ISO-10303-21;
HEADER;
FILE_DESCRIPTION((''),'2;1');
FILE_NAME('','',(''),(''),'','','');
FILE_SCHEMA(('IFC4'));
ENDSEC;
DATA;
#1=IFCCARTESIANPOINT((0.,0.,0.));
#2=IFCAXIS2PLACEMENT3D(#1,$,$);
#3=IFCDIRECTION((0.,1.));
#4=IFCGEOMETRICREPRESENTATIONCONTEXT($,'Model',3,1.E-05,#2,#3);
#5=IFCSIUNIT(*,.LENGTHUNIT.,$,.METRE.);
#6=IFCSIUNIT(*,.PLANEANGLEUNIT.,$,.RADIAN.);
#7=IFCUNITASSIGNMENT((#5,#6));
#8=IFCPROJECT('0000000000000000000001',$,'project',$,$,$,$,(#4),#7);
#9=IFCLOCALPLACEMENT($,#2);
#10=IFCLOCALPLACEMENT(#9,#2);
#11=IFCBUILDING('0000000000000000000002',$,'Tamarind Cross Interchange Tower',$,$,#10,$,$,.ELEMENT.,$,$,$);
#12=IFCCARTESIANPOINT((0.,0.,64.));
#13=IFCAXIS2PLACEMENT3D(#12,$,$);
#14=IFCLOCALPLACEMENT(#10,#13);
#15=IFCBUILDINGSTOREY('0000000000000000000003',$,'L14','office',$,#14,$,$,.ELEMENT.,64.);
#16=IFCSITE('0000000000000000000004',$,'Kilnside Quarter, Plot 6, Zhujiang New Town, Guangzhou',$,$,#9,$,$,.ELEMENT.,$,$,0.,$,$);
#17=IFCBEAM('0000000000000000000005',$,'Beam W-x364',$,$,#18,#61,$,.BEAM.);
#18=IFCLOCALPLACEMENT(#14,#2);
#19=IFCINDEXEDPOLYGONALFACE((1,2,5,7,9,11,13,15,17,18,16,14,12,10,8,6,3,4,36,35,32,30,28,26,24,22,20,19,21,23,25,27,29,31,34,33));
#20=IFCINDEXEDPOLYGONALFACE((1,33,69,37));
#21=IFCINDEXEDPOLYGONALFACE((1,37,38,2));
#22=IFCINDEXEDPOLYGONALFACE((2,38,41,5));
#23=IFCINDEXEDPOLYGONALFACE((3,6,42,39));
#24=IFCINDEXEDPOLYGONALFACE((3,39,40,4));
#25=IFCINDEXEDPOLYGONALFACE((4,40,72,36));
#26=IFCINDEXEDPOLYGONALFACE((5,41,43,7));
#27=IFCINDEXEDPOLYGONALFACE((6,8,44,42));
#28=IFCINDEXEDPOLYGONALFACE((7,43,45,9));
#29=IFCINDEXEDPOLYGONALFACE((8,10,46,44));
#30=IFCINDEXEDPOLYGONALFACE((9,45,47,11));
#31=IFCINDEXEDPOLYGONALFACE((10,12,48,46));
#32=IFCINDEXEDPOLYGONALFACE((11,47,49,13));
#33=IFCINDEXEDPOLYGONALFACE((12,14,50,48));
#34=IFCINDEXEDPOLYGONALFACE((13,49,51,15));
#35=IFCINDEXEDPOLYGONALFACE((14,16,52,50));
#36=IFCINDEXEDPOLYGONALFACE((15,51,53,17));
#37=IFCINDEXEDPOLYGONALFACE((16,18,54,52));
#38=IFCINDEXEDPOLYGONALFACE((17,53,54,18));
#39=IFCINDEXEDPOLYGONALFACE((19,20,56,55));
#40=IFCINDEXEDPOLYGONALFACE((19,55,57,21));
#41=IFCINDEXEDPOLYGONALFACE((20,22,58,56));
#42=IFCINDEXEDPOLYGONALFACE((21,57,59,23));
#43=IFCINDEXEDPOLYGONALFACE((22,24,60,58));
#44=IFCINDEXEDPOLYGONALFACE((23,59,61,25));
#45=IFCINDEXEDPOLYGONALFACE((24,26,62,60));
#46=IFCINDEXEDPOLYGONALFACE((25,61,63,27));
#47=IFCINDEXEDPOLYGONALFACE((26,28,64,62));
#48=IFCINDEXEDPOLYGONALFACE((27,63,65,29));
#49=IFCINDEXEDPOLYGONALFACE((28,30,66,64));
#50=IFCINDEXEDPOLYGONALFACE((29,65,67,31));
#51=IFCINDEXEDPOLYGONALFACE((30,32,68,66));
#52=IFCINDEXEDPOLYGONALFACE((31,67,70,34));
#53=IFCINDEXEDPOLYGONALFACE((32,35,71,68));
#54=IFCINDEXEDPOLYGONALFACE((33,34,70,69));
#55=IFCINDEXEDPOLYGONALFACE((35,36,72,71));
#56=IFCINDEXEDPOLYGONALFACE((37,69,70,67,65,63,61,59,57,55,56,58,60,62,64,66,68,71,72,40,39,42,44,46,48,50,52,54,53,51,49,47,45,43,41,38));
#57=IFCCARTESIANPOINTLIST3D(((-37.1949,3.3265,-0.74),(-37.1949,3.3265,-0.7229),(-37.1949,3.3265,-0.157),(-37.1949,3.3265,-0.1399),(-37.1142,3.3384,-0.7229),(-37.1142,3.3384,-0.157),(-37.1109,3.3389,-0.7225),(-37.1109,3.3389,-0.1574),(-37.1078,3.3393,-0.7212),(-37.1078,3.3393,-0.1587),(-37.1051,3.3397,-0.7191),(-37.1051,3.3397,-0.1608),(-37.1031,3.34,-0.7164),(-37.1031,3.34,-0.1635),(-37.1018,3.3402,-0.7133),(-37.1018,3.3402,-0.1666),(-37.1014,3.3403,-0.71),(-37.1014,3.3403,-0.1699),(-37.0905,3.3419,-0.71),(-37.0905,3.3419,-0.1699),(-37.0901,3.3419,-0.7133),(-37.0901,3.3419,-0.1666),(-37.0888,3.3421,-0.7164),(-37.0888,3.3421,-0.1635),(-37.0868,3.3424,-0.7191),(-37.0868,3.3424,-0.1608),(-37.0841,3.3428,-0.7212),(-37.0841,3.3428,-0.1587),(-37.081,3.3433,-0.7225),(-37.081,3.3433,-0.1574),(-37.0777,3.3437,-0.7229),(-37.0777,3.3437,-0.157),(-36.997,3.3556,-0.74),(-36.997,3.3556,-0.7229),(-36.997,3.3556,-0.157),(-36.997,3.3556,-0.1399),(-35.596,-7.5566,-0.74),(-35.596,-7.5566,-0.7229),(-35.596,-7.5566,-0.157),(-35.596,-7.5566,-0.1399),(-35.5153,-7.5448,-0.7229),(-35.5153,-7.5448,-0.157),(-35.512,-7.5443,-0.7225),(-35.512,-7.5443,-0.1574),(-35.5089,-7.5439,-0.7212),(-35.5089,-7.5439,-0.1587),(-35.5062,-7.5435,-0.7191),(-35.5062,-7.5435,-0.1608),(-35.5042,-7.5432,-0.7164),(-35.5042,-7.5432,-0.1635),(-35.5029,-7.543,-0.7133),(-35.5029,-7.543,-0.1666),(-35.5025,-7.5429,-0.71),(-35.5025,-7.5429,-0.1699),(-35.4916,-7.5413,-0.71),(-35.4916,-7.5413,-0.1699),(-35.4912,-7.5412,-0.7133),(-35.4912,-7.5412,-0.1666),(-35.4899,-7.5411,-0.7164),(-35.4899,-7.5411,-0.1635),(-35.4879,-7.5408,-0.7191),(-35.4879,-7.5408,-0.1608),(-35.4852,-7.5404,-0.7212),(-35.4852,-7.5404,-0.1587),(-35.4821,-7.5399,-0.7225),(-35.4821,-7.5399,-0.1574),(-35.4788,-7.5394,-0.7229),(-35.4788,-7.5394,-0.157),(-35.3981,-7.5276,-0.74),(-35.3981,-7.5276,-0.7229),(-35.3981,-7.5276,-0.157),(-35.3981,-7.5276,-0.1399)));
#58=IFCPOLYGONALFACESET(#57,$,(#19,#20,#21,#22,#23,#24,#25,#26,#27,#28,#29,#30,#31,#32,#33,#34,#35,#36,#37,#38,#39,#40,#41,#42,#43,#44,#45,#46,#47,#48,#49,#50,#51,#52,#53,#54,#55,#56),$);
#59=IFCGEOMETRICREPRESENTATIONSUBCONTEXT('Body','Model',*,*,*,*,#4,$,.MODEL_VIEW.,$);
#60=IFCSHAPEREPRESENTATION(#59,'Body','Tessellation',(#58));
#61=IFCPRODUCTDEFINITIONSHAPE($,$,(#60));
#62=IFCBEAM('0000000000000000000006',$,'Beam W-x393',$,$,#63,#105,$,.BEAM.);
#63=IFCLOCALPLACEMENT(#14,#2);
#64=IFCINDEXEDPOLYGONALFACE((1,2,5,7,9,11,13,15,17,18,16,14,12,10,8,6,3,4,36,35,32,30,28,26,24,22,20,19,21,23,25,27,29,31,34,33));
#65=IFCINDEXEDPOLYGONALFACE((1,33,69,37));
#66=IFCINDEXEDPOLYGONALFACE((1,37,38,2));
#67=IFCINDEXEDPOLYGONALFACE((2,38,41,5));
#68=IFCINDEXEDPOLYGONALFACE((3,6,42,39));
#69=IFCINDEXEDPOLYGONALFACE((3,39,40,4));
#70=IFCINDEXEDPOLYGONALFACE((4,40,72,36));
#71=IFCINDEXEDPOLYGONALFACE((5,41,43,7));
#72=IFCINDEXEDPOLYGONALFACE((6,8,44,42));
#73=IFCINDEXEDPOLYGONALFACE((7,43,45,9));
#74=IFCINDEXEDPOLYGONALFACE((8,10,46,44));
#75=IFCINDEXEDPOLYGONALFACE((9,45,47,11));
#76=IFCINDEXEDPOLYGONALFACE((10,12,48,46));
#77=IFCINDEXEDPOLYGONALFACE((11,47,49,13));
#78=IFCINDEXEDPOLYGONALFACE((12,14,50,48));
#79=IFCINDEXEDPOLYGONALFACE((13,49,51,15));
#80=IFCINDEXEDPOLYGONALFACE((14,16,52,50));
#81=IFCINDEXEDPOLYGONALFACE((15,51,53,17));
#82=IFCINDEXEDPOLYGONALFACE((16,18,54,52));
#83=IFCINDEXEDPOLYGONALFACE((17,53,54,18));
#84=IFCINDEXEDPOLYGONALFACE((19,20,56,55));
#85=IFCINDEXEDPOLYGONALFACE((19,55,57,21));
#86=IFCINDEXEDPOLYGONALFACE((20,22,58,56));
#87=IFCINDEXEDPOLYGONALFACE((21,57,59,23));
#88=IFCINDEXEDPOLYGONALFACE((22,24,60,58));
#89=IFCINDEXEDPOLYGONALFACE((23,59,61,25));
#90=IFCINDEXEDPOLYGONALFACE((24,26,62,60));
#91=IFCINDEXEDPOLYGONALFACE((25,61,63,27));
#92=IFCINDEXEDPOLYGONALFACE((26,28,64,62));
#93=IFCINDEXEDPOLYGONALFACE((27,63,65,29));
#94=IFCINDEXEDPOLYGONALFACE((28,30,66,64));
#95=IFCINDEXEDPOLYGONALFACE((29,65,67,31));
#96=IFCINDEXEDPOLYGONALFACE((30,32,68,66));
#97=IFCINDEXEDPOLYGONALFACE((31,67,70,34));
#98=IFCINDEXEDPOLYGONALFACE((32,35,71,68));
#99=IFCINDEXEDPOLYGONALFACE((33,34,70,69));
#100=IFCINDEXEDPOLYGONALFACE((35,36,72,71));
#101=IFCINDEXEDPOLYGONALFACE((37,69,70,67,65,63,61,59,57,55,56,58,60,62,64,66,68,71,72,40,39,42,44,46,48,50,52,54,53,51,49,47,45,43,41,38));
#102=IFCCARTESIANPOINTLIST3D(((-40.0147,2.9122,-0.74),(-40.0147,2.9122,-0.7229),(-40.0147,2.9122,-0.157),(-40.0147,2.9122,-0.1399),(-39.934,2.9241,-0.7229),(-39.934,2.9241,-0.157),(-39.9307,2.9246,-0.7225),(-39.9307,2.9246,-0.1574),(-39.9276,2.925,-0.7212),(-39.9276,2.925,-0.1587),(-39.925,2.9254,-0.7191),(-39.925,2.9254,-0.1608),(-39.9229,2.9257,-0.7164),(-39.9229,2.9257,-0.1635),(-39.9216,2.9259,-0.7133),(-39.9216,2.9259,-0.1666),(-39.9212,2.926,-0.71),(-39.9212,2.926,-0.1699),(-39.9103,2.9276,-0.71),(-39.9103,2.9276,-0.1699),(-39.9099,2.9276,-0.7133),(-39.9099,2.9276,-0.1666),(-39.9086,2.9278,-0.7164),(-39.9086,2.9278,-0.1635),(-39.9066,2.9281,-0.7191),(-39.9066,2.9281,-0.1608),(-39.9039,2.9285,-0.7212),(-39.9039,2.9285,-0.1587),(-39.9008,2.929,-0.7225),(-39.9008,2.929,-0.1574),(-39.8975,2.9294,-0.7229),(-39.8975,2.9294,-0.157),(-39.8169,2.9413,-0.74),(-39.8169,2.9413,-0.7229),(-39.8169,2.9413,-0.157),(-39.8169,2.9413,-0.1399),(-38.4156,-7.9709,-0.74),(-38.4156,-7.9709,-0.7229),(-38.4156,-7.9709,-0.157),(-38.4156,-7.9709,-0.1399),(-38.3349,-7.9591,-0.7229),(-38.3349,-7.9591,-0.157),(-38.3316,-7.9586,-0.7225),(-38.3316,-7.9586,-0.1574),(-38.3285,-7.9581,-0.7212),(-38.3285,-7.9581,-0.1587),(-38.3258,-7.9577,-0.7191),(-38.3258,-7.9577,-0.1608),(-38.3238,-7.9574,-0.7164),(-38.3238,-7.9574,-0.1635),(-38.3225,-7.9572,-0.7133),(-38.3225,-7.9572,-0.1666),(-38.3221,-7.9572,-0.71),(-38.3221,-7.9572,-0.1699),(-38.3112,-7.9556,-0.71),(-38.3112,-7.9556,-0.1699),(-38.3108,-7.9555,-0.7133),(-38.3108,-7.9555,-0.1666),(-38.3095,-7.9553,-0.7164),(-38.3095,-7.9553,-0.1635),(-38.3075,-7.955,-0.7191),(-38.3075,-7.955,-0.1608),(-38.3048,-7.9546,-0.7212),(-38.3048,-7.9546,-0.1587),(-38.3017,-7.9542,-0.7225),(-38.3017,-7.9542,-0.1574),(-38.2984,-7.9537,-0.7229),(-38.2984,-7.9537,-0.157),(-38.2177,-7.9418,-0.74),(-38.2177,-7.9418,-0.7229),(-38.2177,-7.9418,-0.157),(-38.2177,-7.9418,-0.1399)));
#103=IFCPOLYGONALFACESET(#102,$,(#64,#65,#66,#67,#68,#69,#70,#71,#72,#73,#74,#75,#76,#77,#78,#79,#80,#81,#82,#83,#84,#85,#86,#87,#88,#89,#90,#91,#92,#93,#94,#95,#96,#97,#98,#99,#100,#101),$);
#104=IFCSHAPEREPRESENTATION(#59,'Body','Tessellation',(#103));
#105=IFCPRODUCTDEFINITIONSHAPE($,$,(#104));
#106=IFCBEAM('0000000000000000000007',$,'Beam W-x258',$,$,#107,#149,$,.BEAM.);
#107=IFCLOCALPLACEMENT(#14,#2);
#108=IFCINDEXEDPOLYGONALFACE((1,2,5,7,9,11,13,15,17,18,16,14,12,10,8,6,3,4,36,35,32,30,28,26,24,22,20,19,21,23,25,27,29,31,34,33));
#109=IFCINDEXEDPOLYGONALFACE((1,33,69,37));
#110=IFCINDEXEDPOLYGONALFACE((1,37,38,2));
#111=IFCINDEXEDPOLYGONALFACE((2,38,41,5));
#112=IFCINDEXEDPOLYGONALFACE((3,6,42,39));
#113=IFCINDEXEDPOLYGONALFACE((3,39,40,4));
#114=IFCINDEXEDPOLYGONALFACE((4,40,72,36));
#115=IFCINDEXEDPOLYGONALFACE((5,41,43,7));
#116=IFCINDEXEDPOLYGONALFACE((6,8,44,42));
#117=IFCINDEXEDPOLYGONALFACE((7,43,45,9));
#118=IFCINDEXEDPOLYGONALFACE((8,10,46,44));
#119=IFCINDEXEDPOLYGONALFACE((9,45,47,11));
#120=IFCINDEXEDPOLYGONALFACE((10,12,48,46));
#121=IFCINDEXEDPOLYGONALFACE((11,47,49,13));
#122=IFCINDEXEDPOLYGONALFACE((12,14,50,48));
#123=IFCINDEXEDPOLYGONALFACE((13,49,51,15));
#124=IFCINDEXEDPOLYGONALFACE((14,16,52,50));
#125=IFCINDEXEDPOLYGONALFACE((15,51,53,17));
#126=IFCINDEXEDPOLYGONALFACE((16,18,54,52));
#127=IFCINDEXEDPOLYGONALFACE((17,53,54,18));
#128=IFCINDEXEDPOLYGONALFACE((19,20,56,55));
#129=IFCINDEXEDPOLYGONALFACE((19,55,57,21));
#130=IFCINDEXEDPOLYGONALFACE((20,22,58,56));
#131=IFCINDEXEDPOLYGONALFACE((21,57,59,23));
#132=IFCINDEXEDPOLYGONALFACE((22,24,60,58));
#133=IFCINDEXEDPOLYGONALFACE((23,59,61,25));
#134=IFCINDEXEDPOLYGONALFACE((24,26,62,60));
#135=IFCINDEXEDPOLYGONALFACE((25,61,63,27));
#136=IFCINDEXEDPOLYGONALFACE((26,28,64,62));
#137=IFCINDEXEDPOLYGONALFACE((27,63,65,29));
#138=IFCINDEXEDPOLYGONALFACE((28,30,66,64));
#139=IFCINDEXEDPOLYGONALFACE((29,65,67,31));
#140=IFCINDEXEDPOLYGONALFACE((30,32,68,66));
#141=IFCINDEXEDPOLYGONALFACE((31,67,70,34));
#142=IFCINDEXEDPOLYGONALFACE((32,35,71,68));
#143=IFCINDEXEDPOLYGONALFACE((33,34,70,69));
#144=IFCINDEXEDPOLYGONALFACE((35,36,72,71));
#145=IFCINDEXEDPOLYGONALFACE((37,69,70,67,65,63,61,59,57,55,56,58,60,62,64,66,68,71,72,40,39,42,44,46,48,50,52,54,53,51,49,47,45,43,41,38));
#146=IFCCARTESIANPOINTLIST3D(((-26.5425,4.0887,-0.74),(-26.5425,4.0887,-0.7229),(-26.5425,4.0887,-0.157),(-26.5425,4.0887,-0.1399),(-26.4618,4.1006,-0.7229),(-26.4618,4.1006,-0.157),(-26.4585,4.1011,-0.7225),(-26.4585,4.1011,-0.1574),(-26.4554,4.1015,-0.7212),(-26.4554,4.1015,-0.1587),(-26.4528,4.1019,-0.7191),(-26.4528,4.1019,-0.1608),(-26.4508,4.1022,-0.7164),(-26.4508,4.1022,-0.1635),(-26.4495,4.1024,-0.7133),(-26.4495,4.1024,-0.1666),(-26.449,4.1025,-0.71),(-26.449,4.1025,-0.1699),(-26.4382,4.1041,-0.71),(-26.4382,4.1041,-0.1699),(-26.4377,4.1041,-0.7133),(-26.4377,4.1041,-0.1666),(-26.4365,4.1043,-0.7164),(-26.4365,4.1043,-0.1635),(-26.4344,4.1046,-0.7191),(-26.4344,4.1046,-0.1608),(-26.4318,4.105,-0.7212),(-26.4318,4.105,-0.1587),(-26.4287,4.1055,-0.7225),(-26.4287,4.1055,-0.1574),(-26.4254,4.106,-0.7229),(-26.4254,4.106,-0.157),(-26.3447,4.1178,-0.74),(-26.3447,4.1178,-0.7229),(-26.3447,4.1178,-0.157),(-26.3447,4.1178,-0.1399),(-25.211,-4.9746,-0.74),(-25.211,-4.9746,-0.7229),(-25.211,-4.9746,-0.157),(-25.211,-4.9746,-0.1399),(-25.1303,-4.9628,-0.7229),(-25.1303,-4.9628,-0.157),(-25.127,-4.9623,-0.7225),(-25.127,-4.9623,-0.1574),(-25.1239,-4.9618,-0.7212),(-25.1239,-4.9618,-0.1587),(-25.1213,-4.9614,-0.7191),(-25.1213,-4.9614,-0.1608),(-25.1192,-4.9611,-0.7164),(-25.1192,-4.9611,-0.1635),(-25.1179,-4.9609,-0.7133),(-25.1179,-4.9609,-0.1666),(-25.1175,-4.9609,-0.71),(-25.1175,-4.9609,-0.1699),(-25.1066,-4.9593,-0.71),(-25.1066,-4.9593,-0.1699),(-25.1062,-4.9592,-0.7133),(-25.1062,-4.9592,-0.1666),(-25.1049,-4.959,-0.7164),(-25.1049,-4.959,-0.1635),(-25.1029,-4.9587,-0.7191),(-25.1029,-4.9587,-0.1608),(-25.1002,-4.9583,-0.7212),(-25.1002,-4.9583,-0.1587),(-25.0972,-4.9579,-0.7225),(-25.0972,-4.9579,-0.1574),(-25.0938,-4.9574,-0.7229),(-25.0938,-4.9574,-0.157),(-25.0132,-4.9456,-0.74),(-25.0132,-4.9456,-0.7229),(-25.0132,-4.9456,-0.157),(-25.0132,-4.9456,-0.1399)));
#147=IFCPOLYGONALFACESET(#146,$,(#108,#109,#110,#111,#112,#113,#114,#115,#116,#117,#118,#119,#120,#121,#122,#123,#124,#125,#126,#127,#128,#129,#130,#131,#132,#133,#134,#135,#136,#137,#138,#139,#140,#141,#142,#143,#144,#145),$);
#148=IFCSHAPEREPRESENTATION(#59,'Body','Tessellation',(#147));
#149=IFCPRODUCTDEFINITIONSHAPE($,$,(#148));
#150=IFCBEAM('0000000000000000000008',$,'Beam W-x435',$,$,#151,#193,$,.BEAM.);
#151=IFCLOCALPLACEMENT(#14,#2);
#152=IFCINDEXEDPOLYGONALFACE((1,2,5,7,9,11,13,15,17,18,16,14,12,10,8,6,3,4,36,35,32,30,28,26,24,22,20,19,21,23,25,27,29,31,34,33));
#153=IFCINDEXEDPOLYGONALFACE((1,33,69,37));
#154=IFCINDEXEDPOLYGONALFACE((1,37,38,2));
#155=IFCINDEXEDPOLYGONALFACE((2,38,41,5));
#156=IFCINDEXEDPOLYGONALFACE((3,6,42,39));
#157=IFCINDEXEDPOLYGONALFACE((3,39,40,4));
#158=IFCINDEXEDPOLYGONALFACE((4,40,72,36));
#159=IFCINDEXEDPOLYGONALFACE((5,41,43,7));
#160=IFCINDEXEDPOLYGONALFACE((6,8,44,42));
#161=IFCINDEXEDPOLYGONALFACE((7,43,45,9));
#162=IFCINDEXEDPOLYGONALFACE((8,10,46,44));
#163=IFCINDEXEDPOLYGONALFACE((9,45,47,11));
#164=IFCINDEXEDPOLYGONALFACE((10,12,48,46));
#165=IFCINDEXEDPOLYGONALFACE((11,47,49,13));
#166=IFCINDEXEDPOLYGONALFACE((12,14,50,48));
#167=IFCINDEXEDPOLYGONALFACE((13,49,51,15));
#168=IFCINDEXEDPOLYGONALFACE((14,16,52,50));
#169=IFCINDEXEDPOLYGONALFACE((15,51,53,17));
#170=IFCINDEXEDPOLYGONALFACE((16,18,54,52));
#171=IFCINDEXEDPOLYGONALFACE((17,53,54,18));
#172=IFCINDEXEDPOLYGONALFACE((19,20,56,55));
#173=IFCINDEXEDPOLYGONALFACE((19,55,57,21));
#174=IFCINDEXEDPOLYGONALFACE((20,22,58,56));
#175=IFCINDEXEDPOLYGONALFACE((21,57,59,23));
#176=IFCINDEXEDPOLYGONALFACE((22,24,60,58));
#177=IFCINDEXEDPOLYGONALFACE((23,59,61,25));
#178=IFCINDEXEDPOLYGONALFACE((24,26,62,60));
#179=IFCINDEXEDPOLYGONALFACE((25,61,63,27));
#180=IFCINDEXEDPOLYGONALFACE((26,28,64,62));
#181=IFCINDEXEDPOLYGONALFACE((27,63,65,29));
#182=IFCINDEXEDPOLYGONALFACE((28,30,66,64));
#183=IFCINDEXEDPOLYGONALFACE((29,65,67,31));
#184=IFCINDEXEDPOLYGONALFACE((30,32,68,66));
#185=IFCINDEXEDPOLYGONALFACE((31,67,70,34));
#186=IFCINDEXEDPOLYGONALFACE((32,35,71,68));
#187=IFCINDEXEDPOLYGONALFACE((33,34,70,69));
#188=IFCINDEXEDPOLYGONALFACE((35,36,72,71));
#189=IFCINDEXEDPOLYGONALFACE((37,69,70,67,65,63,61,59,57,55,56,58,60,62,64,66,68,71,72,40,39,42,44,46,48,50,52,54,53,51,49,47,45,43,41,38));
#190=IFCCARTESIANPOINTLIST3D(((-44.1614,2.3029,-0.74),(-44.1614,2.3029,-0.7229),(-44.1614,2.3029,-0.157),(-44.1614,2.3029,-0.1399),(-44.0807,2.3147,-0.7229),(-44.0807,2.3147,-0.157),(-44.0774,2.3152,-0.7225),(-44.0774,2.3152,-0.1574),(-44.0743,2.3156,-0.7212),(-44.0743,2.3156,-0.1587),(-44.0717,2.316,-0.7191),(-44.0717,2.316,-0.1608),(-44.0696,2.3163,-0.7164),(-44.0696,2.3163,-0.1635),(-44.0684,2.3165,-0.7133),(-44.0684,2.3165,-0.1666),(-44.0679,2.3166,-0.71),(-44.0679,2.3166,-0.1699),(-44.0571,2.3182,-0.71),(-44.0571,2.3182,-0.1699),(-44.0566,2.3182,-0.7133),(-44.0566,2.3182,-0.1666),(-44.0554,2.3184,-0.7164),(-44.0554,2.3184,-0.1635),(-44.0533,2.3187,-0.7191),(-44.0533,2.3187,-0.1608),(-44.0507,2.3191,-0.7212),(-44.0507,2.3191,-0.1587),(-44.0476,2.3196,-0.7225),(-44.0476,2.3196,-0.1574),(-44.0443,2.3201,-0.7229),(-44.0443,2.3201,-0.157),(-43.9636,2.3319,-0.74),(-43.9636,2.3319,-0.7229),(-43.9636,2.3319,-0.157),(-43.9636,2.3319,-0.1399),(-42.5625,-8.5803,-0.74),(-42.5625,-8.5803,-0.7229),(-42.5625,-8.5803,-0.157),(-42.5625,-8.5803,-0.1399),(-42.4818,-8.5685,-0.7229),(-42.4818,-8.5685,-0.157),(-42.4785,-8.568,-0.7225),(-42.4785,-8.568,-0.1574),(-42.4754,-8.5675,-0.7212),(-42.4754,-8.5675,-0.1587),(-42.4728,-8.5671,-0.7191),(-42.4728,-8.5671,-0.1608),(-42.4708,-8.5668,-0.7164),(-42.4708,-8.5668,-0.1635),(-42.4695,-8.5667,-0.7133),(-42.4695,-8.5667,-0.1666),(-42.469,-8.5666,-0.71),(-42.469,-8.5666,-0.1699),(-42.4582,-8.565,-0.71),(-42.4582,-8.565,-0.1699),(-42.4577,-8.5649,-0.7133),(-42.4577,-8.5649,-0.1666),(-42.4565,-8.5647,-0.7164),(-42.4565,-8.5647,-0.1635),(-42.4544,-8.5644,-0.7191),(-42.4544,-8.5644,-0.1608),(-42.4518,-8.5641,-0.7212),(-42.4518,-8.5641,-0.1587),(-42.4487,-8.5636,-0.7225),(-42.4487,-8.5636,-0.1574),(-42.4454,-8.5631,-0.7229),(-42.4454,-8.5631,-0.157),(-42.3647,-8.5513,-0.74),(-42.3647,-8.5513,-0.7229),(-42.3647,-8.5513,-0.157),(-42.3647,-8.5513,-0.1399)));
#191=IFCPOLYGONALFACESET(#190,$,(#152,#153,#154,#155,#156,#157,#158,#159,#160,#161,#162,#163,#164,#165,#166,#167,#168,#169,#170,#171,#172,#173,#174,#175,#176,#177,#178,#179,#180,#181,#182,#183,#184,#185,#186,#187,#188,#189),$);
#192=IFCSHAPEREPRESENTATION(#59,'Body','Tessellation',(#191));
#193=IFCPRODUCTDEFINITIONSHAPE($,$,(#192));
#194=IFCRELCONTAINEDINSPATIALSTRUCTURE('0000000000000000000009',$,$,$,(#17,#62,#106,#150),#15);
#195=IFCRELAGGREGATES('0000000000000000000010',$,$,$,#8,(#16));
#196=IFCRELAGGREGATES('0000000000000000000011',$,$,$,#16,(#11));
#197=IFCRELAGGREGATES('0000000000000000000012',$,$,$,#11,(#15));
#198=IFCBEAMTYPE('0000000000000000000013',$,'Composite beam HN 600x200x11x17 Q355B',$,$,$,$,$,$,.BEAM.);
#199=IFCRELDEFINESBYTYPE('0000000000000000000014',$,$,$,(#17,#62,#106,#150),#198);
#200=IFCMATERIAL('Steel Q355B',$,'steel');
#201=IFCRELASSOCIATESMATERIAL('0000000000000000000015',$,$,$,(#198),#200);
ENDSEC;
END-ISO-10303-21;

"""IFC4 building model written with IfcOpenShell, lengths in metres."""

from ifc_helpers import new_model, si_unit, direction, frame, origin, origin_2d, place, context, subcontext, project, spatial, i_section, extrude, material, material_profile, profile_set, type_object, element, save


model = new_model("IFC4")

# Units and contexts
model_context = context("Model", 3, precision=1e-05, world=origin(), true_north=direction((0.0, 1.0)))
body_context = subcontext(model_context, "Body", "Model", "MODEL_VIEW")
ifc_project = project(units=[si_unit("LENGTHUNIT", "METRE"), si_unit("PLANEANGLEUNIT", "RADIAN")], contexts=[model_context])

# Site, building, storey
site_placement = place(None, origin())
site = spatial("IfcSite", under=ifc_project, at=site_placement, Name="Kilnside Quarter, Plot 6, Zhujiang New Town, Guangzhou", CompositionType="ELEMENT", RefElevation=0.0)
building_placement = place(site_placement, origin())
building = spatial("IfcBuilding", under=site, at=building_placement, Name="Tamarind Cross Interchange Tower", CompositionType="ELEMENT")
storey_placement = place(building_placement, frame((0.0, 0.0, 64.0)))
storey = spatial("IfcBuildingStorey", under=building, at=storey_placement, Name="L14", Description="office", CompositionType="ELEMENT", Elevation=64.0)

# Beams
ifc_material_1 = material(Name="Steel Q355B", Category="steel")
ifc_material_profile_1 = material_profile(ifc_material_1, i_section(OverallWidth=0.2, OverallDepth=0.6001, WebThickness=0.011, FlangeThickness=0.0171, FilletRadius=0.0129, at=origin_2d()), Name="HN 600x200x11x17")
ifc_profile_set_1 = profile_set([ifc_material_profile_1], Name="Steel Q355B")
beam_type_1 = type_object("IfcBeamType", Name="Composite beam HN 600x200x11x17 Q355B", PredefinedType="BEAM", material=ifc_profile_set_1)
for number, where, z_axis, x_axis, name in (
    (1, (-37.0959, 3.3411, -0.4399), (0.145354, -0.98938, 0.0), (0.98938, 0.145354, 0.0), "Beam W-x364"),
    (2, (-39.9158, 2.9268, -0.4399), (0.145376, -0.989377, 0.0), (0.989377, 0.145376, 0.0), "Beam W-x393"),
):
    element("IfcBeam", number, at=place(storey_placement, frame(where, z_axis=z_axis, x_axis=x_axis)), inside=storey, type_object=beam_type_1, Name=name, PredefinedType="BEAM", context=body_context, shape_type="SweptSolid", body=[
        extrude(i_section(OverallWidth=0.2, OverallDepth=0.6001, WebThickness=0.011, FlangeThickness=0.0171, FilletRadius=0.0129, at=origin_2d()), origin(), (0.0, 0.0, 1.0), 11.0),
    ])
beam_1_placement = place(storey_placement, frame((-26.4436, 4.1033, -0.4399), z_axis=(0.145353, -0.98938, 0.0), x_axis=(0.98938, 0.145353, 0.0)))
element("IfcBeam", 3, at=beam_1_placement, inside=storey, type_object=beam_type_1, Name="Beam W-x258", PredefinedType="BEAM", context=body_context, shape_type="SweptSolid", body=[
    extrude(i_section(OverallWidth=0.2, OverallDepth=0.6001, WebThickness=0.011, FlangeThickness=0.0171, FilletRadius=0.0129, at=origin_2d()), origin(), (0.0, 0.0, 1.0), 9.1606),
])
beam_2_placement = place(storey_placement, frame((-44.0625, 2.3174, -0.4399), z_axis=(0.145354, -0.98938, 0.0), x_axis=(0.98938, 0.145354, 0.0)))
element("IfcBeam", 4, at=beam_2_placement, inside=storey, type_object=beam_type_1, Name="Beam W-x435", PredefinedType="BEAM", context=body_context, shape_type="SweptSolid", body=[
    extrude(i_section(OverallWidth=0.2, OverallDepth=0.6001, WebThickness=0.011, FlangeThickness=0.0171, FilletRadius=0.0129, at=origin_2d()), origin(), (0.0, 0.0, 1.0), 11.0),
])

save(model, "model.ifc")
